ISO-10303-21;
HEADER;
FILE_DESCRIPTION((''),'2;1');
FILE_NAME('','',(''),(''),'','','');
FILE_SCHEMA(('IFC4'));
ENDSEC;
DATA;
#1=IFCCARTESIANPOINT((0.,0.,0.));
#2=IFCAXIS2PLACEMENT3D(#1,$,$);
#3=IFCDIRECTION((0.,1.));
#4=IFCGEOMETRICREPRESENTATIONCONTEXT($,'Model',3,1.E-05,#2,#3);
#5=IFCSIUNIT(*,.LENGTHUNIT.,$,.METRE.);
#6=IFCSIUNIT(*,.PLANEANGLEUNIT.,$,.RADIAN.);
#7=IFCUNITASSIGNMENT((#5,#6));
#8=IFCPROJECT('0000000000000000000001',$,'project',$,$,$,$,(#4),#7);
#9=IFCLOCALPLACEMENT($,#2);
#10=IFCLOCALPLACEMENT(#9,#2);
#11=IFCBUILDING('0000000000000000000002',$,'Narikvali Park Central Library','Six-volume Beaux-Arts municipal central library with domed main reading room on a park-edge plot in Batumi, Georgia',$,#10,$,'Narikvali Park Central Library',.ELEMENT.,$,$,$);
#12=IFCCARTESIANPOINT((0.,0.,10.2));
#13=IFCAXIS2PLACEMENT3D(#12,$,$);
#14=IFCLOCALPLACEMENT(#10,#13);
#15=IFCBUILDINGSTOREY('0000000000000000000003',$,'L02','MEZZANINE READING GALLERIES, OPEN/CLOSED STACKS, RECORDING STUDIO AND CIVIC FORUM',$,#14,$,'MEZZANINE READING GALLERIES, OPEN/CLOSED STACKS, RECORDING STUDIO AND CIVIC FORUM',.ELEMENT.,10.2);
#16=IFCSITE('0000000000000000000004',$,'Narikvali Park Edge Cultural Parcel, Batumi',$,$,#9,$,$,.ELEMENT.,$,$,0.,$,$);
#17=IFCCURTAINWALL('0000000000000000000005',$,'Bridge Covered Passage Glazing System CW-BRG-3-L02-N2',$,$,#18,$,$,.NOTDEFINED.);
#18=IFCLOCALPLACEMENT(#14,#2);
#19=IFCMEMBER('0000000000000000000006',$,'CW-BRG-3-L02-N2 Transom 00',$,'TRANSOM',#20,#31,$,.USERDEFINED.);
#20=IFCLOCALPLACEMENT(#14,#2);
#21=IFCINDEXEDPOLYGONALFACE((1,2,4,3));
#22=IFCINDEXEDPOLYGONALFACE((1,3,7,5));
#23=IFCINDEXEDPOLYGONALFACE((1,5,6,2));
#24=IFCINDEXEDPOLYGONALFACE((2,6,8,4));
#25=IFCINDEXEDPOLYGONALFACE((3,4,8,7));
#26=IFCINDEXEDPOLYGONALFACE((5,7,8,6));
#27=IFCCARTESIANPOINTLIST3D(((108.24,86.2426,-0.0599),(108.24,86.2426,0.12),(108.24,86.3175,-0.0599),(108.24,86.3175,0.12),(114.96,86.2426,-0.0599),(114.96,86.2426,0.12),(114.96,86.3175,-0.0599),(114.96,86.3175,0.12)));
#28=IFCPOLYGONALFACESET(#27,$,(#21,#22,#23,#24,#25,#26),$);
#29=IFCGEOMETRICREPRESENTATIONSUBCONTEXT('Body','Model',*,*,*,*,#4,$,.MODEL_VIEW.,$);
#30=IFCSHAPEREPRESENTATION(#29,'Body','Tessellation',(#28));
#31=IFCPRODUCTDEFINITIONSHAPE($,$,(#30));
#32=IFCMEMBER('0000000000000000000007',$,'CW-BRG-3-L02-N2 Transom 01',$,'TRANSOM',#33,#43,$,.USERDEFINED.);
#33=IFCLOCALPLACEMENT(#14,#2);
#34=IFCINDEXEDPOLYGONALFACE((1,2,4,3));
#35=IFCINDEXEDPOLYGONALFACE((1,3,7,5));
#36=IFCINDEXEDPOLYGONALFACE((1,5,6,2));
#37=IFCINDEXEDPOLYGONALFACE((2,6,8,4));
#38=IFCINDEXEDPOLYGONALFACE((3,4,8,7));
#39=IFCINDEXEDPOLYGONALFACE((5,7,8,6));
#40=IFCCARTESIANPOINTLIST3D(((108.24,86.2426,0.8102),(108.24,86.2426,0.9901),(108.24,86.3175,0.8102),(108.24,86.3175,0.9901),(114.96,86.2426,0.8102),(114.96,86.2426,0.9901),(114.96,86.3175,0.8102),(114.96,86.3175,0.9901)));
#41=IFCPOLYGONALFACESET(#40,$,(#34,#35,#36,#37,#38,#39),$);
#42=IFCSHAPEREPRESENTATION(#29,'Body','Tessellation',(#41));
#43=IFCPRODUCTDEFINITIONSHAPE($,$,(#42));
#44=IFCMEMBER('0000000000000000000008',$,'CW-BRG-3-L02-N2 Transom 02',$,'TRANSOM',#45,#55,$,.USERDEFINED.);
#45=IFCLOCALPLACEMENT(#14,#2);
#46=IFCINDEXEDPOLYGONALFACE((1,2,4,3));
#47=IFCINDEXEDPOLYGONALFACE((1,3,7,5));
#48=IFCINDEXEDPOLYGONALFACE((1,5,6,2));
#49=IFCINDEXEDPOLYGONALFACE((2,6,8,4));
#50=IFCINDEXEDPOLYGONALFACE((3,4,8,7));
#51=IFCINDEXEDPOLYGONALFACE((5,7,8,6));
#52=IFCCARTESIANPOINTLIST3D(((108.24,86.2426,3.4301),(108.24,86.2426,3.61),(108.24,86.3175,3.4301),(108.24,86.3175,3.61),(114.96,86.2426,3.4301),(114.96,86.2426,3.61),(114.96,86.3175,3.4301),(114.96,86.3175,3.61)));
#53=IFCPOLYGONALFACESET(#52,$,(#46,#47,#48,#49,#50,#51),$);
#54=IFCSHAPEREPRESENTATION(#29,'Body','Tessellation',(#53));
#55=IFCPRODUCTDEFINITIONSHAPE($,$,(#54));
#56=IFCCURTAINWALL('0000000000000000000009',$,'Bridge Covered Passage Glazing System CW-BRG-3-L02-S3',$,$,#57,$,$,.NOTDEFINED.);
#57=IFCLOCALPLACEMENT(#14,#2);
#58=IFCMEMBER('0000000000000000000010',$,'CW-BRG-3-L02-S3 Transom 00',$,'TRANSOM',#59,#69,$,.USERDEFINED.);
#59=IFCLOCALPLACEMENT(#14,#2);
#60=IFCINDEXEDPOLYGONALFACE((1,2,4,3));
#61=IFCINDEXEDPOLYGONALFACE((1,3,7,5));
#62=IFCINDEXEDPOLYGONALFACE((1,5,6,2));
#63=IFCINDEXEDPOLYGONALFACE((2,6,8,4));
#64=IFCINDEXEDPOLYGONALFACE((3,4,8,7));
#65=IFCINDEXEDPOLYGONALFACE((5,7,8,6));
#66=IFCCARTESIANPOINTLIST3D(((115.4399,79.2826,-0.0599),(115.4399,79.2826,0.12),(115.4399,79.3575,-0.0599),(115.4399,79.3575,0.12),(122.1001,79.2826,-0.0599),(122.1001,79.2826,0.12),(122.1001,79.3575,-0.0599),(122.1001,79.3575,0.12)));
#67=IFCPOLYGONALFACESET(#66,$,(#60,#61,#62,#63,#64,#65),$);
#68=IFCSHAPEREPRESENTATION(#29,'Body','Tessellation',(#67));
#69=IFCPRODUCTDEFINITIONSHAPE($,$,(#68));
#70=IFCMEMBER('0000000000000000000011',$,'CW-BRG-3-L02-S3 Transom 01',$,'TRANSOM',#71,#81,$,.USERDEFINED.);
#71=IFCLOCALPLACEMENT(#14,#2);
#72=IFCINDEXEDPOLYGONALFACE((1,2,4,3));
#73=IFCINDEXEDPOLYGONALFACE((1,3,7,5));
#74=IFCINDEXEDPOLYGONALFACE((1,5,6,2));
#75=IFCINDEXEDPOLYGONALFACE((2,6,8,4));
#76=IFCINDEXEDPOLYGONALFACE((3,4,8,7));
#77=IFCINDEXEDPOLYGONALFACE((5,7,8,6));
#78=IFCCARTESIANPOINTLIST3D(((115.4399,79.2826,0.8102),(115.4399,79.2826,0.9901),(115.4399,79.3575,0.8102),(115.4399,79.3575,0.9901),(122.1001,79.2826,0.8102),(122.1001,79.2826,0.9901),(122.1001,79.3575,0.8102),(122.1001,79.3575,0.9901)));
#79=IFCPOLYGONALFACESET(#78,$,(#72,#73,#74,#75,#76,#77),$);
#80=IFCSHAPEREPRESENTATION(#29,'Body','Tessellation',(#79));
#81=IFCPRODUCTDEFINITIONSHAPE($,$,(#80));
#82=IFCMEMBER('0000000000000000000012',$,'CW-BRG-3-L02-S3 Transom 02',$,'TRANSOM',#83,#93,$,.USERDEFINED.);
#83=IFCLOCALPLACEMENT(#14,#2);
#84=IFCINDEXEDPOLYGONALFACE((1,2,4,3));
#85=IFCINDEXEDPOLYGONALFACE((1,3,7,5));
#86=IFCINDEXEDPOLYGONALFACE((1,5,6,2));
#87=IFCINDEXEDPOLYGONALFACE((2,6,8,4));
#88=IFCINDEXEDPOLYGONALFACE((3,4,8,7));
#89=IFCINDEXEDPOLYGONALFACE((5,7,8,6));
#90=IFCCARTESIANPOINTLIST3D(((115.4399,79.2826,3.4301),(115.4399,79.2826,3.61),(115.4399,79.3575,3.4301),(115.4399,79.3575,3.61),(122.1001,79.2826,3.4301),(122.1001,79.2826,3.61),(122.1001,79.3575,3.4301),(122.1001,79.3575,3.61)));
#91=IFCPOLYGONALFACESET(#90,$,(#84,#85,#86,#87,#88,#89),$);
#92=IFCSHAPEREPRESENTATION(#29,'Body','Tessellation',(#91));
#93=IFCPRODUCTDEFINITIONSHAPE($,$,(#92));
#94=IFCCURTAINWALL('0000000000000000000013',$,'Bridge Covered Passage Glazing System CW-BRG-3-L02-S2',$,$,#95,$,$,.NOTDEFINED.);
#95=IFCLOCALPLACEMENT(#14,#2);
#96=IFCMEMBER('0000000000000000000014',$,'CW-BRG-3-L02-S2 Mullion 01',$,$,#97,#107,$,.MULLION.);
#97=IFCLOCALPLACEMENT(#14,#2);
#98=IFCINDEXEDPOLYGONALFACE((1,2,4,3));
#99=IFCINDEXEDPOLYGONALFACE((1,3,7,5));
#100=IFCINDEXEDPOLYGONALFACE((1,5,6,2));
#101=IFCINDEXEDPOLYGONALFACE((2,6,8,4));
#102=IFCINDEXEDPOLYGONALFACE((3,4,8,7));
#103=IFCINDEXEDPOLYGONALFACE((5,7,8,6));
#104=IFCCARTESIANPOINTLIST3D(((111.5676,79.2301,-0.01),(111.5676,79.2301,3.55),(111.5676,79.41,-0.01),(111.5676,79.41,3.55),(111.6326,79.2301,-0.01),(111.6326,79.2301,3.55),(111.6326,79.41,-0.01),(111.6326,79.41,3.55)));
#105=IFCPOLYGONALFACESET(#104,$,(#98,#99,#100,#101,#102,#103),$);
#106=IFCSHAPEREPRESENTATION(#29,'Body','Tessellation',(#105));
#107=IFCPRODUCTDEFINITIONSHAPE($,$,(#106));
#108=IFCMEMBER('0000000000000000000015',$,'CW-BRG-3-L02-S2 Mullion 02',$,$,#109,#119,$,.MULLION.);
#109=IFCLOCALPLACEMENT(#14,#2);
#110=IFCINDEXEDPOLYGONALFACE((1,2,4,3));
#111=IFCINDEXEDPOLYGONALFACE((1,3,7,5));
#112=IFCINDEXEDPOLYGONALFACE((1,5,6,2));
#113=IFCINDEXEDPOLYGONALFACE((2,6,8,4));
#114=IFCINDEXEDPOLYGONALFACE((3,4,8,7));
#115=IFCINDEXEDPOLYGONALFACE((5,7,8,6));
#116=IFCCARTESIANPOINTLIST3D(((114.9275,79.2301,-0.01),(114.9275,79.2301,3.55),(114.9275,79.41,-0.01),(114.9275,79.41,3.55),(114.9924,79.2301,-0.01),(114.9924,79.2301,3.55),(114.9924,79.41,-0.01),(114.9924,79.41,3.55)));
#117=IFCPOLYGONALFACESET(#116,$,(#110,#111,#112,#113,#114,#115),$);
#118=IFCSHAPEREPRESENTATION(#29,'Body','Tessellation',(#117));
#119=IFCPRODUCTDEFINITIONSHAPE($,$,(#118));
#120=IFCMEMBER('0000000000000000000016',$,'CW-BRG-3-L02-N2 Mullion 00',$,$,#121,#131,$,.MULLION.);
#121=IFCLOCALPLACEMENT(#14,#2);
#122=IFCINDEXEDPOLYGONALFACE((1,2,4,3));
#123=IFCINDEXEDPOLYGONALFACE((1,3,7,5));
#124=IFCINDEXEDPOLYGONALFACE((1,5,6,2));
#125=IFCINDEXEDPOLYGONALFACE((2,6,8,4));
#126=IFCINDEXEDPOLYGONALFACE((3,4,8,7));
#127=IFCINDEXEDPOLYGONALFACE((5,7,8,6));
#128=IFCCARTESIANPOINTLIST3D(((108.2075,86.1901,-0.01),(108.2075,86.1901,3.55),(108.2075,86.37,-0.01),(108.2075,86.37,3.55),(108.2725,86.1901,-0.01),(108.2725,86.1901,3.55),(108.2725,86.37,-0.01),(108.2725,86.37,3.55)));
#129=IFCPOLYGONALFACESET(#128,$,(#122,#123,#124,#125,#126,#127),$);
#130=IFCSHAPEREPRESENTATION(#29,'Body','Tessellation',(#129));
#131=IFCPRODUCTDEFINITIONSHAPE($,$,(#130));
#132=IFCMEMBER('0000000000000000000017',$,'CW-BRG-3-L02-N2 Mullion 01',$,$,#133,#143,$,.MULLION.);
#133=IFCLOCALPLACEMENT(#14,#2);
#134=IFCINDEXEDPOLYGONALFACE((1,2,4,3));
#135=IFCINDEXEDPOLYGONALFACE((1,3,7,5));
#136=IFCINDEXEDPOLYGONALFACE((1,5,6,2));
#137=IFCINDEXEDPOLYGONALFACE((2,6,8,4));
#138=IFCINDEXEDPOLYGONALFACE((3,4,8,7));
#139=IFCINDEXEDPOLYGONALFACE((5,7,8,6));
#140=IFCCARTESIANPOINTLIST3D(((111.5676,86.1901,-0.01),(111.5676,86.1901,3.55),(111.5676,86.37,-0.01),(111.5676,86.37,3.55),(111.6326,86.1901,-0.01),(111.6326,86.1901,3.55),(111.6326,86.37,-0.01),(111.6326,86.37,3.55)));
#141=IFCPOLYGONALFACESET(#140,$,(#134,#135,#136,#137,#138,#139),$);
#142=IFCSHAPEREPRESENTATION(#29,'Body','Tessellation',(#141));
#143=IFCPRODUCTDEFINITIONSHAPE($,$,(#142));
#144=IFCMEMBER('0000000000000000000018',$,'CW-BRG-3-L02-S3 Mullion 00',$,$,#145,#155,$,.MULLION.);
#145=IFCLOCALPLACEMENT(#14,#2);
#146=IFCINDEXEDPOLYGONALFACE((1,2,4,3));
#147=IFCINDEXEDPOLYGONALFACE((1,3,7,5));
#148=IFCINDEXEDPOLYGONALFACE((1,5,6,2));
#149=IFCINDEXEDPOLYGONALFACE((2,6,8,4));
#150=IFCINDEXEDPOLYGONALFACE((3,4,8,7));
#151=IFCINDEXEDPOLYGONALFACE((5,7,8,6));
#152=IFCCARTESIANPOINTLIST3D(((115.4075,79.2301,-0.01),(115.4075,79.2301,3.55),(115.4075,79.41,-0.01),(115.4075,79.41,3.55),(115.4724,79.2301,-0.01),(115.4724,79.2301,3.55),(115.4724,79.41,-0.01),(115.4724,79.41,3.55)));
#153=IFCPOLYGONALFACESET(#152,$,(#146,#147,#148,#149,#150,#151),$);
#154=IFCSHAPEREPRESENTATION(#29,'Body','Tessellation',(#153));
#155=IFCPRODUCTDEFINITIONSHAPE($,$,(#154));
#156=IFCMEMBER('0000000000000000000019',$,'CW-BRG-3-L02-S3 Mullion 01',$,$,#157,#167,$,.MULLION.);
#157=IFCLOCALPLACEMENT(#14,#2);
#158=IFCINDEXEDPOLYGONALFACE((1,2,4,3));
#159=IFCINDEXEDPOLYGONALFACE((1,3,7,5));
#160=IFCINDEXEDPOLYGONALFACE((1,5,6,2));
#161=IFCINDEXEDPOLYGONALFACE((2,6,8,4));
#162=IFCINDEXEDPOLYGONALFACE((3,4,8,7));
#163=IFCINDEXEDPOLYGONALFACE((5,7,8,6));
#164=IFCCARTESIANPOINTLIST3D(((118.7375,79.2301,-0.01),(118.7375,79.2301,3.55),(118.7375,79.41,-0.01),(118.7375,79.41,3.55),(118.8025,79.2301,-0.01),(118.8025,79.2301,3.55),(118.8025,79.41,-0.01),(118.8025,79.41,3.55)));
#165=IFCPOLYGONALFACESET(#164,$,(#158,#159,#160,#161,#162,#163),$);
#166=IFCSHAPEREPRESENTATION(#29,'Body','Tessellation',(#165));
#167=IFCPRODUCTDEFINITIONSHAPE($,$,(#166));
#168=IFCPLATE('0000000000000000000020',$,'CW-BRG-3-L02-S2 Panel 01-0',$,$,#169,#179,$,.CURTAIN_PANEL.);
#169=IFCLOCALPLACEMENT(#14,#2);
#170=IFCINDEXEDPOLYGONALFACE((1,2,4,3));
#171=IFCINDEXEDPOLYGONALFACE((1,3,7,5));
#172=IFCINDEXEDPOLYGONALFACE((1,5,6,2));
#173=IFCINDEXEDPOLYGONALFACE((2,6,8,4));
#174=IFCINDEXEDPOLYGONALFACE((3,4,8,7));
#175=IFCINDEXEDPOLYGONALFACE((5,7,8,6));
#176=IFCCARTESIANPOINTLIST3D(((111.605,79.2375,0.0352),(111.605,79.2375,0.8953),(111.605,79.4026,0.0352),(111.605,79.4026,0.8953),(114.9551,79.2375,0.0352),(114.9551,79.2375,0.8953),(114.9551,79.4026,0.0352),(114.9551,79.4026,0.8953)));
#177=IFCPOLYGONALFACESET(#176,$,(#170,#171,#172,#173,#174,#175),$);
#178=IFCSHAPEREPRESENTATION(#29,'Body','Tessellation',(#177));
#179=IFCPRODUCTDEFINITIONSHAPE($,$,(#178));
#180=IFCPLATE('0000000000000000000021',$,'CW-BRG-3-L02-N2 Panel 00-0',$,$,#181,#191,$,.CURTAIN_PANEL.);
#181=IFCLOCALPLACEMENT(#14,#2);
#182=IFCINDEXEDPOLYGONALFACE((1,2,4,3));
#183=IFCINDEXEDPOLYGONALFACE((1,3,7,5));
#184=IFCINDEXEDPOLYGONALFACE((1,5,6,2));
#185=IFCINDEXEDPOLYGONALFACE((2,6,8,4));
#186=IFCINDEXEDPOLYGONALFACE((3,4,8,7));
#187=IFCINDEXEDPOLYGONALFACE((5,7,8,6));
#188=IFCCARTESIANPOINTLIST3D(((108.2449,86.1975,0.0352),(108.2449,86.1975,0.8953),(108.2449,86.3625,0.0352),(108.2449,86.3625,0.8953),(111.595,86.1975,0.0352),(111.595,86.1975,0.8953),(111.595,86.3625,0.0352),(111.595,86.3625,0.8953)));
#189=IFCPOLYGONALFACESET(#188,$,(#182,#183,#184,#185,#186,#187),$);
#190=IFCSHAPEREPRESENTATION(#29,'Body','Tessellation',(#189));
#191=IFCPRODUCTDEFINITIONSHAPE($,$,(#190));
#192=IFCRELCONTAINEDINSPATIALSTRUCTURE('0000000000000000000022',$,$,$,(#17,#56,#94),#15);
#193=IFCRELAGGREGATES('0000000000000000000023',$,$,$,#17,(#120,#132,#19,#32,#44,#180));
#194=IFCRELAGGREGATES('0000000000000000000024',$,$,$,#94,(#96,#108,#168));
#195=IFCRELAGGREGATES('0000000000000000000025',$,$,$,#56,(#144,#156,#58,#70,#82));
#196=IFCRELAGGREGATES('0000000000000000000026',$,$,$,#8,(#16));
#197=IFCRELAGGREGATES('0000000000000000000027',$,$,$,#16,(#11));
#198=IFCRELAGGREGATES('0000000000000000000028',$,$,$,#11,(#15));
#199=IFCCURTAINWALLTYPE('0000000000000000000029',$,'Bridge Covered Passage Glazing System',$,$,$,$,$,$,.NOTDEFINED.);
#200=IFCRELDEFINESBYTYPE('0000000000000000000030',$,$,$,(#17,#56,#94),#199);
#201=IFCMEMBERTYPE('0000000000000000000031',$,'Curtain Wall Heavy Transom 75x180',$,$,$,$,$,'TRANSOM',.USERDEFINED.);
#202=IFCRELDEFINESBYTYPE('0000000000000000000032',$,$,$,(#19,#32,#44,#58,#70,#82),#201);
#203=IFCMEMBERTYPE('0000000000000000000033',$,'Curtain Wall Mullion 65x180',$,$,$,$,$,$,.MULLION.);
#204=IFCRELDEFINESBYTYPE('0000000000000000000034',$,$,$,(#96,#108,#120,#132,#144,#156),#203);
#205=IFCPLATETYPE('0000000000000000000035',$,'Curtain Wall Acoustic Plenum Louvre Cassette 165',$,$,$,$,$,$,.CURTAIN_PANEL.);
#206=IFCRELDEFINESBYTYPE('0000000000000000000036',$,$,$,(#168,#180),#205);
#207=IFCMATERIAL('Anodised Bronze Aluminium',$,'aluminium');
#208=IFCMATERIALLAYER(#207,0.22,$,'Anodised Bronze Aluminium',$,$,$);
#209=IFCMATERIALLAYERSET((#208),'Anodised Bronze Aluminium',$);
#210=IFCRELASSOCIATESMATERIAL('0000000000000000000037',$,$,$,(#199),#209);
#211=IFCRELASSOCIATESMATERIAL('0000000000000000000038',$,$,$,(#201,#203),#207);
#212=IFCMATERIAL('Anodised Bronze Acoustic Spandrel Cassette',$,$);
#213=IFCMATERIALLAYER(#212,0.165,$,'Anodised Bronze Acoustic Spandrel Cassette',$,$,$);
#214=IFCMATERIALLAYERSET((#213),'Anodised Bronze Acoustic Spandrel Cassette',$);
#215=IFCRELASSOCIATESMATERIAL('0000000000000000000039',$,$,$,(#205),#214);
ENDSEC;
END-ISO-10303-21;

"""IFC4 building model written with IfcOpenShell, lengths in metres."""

from ifc_helpers import new_model, si_unit, direction, frame, origin, origin_2d, place, context, subcontext, project, spatial, rectangle, extrude, material, layer, layer_set, material_profile, profile_set, type_object, element, aggregate, save


model = new_model("IFC4")

# Units and contexts
model_context = context("Model", 3, precision=1e-05, world=origin(), true_north=direction((0.0, 1.0)))
body_context = subcontext(model_context, "Body", "Model", "MODEL_VIEW")
ifc_project = project(units=[si_unit("LENGTHUNIT", "METRE"), si_unit("PLANEANGLEUNIT", "RADIAN")], contexts=[model_context])

# Site, building, storey
site_placement = place(None, origin())
site = spatial("IfcSite", under=ifc_project, at=site_placement, Name="Narikvali Park Edge Cultural Parcel, Batumi", CompositionType="ELEMENT", RefElevation=0.0)
building_placement = place(site_placement, origin())
building = spatial("IfcBuilding", under=site, at=building_placement, Name="Narikvali Park Central Library", Description="Six-volume Beaux-Arts municipal central library with domed main reading room on a park-edge plot in Batumi, Georgia", LongName="Narikvali Park Central Library", CompositionType="ELEMENT")
storey_placement = place(building_placement, frame((0.0, 0.0, 10.2)))
storey = spatial("IfcBuildingStorey", under=building, at=storey_placement, Name="L02", Description="MEZZANINE READING GALLERIES, OPEN/CLOSED STACKS, RECORDING STUDIO AND CIVIC FORUM", LongName="MEZZANINE READING GALLERIES, OPEN/CLOSED STACKS, RECORDING STUDIO AND CIVIC FORUM", CompositionType="ELEMENT", Elevation=10.2)

# Curtain walls, members
ifc_material_1 = material(Name="Anodised Bronze Aluminium", Category="aluminium")
ifc_layer_1 = layer(ifc_material_1, 0.22, Name="Anodised Bronze Aluminium")
ifc_layer_set_1 = layer_set([ifc_layer_1], Name="Anodised Bronze Aluminium")
curtain_wall_type = type_object("IfcCurtainWallType", Name="Bridge Covered Passage Glazing System", PredefinedType="NOTDEFINED", material=ifc_layer_set_1)
curtain_wall_1_placement = place(storey_placement, origin())
curtain_wall_1 = element("IfcCurtainWall", 1, at=curtain_wall_1_placement, inside=storey, type_object=curtain_wall_type, Name="Bridge Covered Passage Glazing System CW-BRG-3-L02-N2", PredefinedType="NOTDEFINED")
ifc_material_profile_1 = material_profile(ifc_material_1, rectangle(XDim=0.075, YDim=0.1799, at=origin_2d()), Name="CW TRANSOM 75x180")
ifc_profile_set_1 = profile_set([ifc_material_profile_1], Name="Anodised Bronze Aluminium")
member_type_1 = type_object("IfcMemberType", Name="Curtain Wall Heavy Transom 75x180", ElementType="TRANSOM", PredefinedType="USERDEFINED", material=ifc_profile_set_1)
member_1_placement = place(storey_placement, frame((108.24, 86.28, 0.03), z_axis=(1.0, 0.0, 0.0), x_axis=(0.0, 1.0, 0.0)))
member_1 = element("IfcMember", 2, at=member_1_placement, type_object=member_type_1, Name="CW-BRG-3-L02-N2 Transom 00", ObjectType="TRANSOM", PredefinedType="USERDEFINED", context=body_context, shape_type="SweptSolid", body=[
    extrude(rectangle(XDim=0.075, YDim=0.1799, at=origin_2d()), origin(), (0.0, 0.0, 1.0), 6.72),
])
member_2_placement = place(storey_placement, frame((108.24, 86.28, 0.9001), z_axis=(1.0, 0.0, 0.0), x_axis=(0.0, 1.0, 0.0)))
member_2 = element("IfcMember", 3, at=member_2_placement, type_object=member_type_1, Name="CW-BRG-3-L02-N2 Transom 01", ObjectType="TRANSOM", PredefinedType="USERDEFINED", context=body_context, shape_type="SweptSolid", body=[
    extrude(rectangle(XDim=0.075, YDim=0.1799, at=origin_2d()), origin(), (0.0, 0.0, 1.0), 6.72),
])
member_3_placement = place(storey_placement, frame((108.24, 86.28, 3.52), z_axis=(1.0, 0.0, 0.0), x_axis=(0.0, 1.0, 0.0)))
member_3 = element("IfcMember", 4, at=member_3_placement, type_object=member_type_1, Name="CW-BRG-3-L02-N2 Transom 02", ObjectType="TRANSOM", PredefinedType="USERDEFINED", context=body_context, shape_type="SweptSolid", body=[
    extrude(rectangle(XDim=0.075, YDim=0.1799, at=origin_2d()), origin(), (0.0, 0.0, 1.0), 6.72),
])
curtain_wall_2_placement = place(storey_placement, origin())
curtain_wall_2 = element("IfcCurtainWall", 5, at=curtain_wall_2_placement, inside=storey, type_object=curtain_wall_type, Name="Bridge Covered Passage Glazing System CW-BRG-3-L02-S3", PredefinedType="NOTDEFINED")
member_4_placement = place(storey_placement, frame((115.4399, 79.3201, 0.03), z_axis=(1.0, 0.0, 0.0), x_axis=(0.0, 1.0, 0.0)))
member_4 = element("IfcMember", 6, at=member_4_placement, type_object=member_type_1, Name="CW-BRG-3-L02-S3 Transom 00", ObjectType="TRANSOM", PredefinedType="USERDEFINED", context=body_context, shape_type="SweptSolid", body=[
    extrude(rectangle(XDim=0.075, YDim=0.1799, at=origin_2d()), origin(), (0.0, 0.0, 1.0), 6.6602),
])
member_5_placement = place(storey_placement, frame((115.4399, 79.3201, 0.9001), z_axis=(1.0, 0.0, 0.0), x_axis=(0.0, 1.0, 0.0)))
member_5 = element("IfcMember", 7, at=member_5_placement, type_object=member_type_1, Name="CW-BRG-3-L02-S3 Transom 01", ObjectType="TRANSOM", PredefinedType="USERDEFINED", context=body_context, shape_type="SweptSolid", body=[
    extrude(rectangle(XDim=0.075, YDim=0.1799, at=origin_2d()), origin(), (0.0, 0.0, 1.0), 6.6602),
])
member_6_placement = place(storey_placement, frame((115.4399, 79.3201, 3.52), z_axis=(1.0, 0.0, 0.0), x_axis=(0.0, 1.0, 0.0)))
member_6 = element("IfcMember", 8, at=member_6_placement, type_object=member_type_1, Name="CW-BRG-3-L02-S3 Transom 02", ObjectType="TRANSOM", PredefinedType="USERDEFINED", context=body_context, shape_type="SweptSolid", body=[
    extrude(rectangle(XDim=0.075, YDim=0.1799, at=origin_2d()), origin(), (0.0, 0.0, 1.0), 6.6602),
])
curtain_wall_3_placement = place(storey_placement, origin())
curtain_wall_3 = element("IfcCurtainWall", 9, at=curtain_wall_3_placement, inside=storey, type_object=curtain_wall_type, Name="Bridge Covered Passage Glazing System CW-BRG-3-L02-S2", PredefinedType="NOTDEFINED")
ifc_material_profile_2 = material_profile(ifc_material_1, rectangle(XDim=0.0649, YDim=0.1799, at=origin_2d()), Name="CW MULLION 65x180")
ifc_profile_set_2 = profile_set([ifc_material_profile_2], Name="Anodised Bronze Aluminium")
member_type_2 = type_object("IfcMemberType", Name="Curtain Wall Mullion 65x180", PredefinedType="MULLION", material=ifc_profile_set_2)
member_7_placement = place(storey_placement, frame((111.6001, 79.3201, -0.01), z_axis=(0.0, 0.0, 1.0), x_axis=(1.0, 0.0, 0.0)))
member_7 = element("IfcMember", 10, at=member_7_placement, type_object=member_type_2, Name="CW-BRG-3-L02-S2 Mullion 01", PredefinedType="MULLION", context=body_context, shape_type="SweptSolid", body=[
    extrude(rectangle(XDim=0.0649, YDim=0.1799, at=origin_2d()), origin(), (0.0, 0.0, 1.0), 3.5601),
])
member_8_placement = place(storey_placement, frame((114.96, 79.3201, -0.01), z_axis=(0.0, 0.0, 1.0), x_axis=(1.0, 0.0, 0.0)))
member_8 = element("IfcMember", 11, at=member_8_placement, type_object=member_type_2, Name="CW-BRG-3-L02-S2 Mullion 02", PredefinedType="MULLION", context=body_context, shape_type="SweptSolid", body=[
    extrude(rectangle(XDim=0.0649, YDim=0.1799, at=origin_2d()), origin(), (0.0, 0.0, 1.0), 3.5601),
])

# Members
member_9_placement = place(storey_placement, frame((108.24, 86.28, -0.01), z_axis=(0.0, 0.0, 1.0), x_axis=(1.0, 0.0, 0.0)))
member_9 = element("IfcMember", 12, at=member_9_placement, type_object=member_type_2, Name="CW-BRG-3-L02-N2 Mullion 00", PredefinedType="MULLION", context=body_context, shape_type="SweptSolid", body=[
    extrude(rectangle(XDim=0.0649, YDim=0.1799, at=origin_2d()), origin(), (0.0, 0.0, 1.0), 3.5601),
])
member_10_placement = place(storey_placement, frame((111.6001, 86.28, -0.01), z_axis=(0.0, 0.0, 1.0), x_axis=(1.0, 0.0, 0.0)))
member_10 = element("IfcMember", 13, at=member_10_placement, type_object=member_type_2, Name="CW-BRG-3-L02-N2 Mullion 01", PredefinedType="MULLION", context=body_context, shape_type="SweptSolid", body=[
    extrude(rectangle(XDim=0.0649, YDim=0.1799, at=origin_2d()), origin(), (0.0, 0.0, 1.0), 3.5601),
])
member_11_placement = place(storey_placement, frame((115.4399, 79.3201, -0.01), z_axis=(0.0, 0.0, 1.0), x_axis=(1.0, 0.0, 0.0)))
member_11 = element("IfcMember", 14, at=member_11_placement, type_object=member_type_2, Name="CW-BRG-3-L02-S3 Mullion 00", PredefinedType="MULLION", context=body_context, shape_type="SweptSolid", body=[
    extrude(rectangle(XDim=0.0649, YDim=0.1799, at=origin_2d()), origin(), (0.0, 0.0, 1.0), 3.5601),
])
member_12_placement = place(storey_placement, frame((118.77, 79.3201, -0.01), z_axis=(0.0, 0.0, 1.0), x_axis=(1.0, 0.0, 0.0)))
member_12 = element("IfcMember", 15, at=member_12_placement, type_object=member_type_2, Name="CW-BRG-3-L02-S3 Mullion 01", PredefinedType="MULLION", context=body_context, shape_type="SweptSolid", body=[
    extrude(rectangle(XDim=0.0649, YDim=0.1799, at=origin_2d()), origin(), (0.0, 0.0, 1.0), 3.5601),
])

# Plates
ifc_material_2 = material(Name="Anodised Bronze Acoustic Spandrel Cassette")
ifc_layer_2 = layer(ifc_material_2, 0.165, Name="Anodised Bronze Acoustic Spandrel Cassette")
ifc_layer_set_2 = layer_set([ifc_layer_2], Name="Anodised Bronze Acoustic Spandrel Cassette")
plate_type_1 = type_object("IfcPlateType", Name="Curtain Wall Acoustic Plenum Louvre Cassette 165", PredefinedType="CURTAIN_PANEL", material=ifc_layer_set_2)
plate_1_placement = place(storey_placement, frame((113.28, 79.3201, 0.0352), z_axis=(0.0, 0.0, 1.0), x_axis=(1.0, 0.0, 0.0)))
plate_1 = element("IfcPlate", 16, at=plate_1_placement, type_object=plate_type_1, Name="CW-BRG-3-L02-S2 Panel 01-0", PredefinedType="CURTAIN_PANEL", context=body_context, shape_type="SweptSolid", body=[
    extrude(rectangle(XDim=3.3501, YDim=0.165, at=origin_2d()), origin(), (0.0, 0.0, 1.0), 0.8601),
])
plate_2_placement = place(storey_placement, frame((109.9199, 86.28, 0.0352), z_axis=(0.0, 0.0, 1.0), x_axis=(1.0, 0.0, 0.0)))
plate_2 = element("IfcPlate", 17, at=plate_2_placement, type_object=plate_type_1, Name="CW-BRG-3-L02-N2 Panel 00-0", PredefinedType="CURTAIN_PANEL", context=body_context, shape_type="SweptSolid", body=[
    extrude(rectangle(XDim=3.3501, YDim=0.165, at=origin_2d()), origin(), (0.0, 0.0, 1.0), 0.8601),
])
aggregate(curtain_wall_1, [member_9, member_10, member_1, member_2, member_3, plate_2])
aggregate(curtain_wall_3, [member_7, member_8, plate_1])
aggregate(curtain_wall_2, [member_11, member_12, member_4, member_5, member_6])

save(model, "model.ifc")
